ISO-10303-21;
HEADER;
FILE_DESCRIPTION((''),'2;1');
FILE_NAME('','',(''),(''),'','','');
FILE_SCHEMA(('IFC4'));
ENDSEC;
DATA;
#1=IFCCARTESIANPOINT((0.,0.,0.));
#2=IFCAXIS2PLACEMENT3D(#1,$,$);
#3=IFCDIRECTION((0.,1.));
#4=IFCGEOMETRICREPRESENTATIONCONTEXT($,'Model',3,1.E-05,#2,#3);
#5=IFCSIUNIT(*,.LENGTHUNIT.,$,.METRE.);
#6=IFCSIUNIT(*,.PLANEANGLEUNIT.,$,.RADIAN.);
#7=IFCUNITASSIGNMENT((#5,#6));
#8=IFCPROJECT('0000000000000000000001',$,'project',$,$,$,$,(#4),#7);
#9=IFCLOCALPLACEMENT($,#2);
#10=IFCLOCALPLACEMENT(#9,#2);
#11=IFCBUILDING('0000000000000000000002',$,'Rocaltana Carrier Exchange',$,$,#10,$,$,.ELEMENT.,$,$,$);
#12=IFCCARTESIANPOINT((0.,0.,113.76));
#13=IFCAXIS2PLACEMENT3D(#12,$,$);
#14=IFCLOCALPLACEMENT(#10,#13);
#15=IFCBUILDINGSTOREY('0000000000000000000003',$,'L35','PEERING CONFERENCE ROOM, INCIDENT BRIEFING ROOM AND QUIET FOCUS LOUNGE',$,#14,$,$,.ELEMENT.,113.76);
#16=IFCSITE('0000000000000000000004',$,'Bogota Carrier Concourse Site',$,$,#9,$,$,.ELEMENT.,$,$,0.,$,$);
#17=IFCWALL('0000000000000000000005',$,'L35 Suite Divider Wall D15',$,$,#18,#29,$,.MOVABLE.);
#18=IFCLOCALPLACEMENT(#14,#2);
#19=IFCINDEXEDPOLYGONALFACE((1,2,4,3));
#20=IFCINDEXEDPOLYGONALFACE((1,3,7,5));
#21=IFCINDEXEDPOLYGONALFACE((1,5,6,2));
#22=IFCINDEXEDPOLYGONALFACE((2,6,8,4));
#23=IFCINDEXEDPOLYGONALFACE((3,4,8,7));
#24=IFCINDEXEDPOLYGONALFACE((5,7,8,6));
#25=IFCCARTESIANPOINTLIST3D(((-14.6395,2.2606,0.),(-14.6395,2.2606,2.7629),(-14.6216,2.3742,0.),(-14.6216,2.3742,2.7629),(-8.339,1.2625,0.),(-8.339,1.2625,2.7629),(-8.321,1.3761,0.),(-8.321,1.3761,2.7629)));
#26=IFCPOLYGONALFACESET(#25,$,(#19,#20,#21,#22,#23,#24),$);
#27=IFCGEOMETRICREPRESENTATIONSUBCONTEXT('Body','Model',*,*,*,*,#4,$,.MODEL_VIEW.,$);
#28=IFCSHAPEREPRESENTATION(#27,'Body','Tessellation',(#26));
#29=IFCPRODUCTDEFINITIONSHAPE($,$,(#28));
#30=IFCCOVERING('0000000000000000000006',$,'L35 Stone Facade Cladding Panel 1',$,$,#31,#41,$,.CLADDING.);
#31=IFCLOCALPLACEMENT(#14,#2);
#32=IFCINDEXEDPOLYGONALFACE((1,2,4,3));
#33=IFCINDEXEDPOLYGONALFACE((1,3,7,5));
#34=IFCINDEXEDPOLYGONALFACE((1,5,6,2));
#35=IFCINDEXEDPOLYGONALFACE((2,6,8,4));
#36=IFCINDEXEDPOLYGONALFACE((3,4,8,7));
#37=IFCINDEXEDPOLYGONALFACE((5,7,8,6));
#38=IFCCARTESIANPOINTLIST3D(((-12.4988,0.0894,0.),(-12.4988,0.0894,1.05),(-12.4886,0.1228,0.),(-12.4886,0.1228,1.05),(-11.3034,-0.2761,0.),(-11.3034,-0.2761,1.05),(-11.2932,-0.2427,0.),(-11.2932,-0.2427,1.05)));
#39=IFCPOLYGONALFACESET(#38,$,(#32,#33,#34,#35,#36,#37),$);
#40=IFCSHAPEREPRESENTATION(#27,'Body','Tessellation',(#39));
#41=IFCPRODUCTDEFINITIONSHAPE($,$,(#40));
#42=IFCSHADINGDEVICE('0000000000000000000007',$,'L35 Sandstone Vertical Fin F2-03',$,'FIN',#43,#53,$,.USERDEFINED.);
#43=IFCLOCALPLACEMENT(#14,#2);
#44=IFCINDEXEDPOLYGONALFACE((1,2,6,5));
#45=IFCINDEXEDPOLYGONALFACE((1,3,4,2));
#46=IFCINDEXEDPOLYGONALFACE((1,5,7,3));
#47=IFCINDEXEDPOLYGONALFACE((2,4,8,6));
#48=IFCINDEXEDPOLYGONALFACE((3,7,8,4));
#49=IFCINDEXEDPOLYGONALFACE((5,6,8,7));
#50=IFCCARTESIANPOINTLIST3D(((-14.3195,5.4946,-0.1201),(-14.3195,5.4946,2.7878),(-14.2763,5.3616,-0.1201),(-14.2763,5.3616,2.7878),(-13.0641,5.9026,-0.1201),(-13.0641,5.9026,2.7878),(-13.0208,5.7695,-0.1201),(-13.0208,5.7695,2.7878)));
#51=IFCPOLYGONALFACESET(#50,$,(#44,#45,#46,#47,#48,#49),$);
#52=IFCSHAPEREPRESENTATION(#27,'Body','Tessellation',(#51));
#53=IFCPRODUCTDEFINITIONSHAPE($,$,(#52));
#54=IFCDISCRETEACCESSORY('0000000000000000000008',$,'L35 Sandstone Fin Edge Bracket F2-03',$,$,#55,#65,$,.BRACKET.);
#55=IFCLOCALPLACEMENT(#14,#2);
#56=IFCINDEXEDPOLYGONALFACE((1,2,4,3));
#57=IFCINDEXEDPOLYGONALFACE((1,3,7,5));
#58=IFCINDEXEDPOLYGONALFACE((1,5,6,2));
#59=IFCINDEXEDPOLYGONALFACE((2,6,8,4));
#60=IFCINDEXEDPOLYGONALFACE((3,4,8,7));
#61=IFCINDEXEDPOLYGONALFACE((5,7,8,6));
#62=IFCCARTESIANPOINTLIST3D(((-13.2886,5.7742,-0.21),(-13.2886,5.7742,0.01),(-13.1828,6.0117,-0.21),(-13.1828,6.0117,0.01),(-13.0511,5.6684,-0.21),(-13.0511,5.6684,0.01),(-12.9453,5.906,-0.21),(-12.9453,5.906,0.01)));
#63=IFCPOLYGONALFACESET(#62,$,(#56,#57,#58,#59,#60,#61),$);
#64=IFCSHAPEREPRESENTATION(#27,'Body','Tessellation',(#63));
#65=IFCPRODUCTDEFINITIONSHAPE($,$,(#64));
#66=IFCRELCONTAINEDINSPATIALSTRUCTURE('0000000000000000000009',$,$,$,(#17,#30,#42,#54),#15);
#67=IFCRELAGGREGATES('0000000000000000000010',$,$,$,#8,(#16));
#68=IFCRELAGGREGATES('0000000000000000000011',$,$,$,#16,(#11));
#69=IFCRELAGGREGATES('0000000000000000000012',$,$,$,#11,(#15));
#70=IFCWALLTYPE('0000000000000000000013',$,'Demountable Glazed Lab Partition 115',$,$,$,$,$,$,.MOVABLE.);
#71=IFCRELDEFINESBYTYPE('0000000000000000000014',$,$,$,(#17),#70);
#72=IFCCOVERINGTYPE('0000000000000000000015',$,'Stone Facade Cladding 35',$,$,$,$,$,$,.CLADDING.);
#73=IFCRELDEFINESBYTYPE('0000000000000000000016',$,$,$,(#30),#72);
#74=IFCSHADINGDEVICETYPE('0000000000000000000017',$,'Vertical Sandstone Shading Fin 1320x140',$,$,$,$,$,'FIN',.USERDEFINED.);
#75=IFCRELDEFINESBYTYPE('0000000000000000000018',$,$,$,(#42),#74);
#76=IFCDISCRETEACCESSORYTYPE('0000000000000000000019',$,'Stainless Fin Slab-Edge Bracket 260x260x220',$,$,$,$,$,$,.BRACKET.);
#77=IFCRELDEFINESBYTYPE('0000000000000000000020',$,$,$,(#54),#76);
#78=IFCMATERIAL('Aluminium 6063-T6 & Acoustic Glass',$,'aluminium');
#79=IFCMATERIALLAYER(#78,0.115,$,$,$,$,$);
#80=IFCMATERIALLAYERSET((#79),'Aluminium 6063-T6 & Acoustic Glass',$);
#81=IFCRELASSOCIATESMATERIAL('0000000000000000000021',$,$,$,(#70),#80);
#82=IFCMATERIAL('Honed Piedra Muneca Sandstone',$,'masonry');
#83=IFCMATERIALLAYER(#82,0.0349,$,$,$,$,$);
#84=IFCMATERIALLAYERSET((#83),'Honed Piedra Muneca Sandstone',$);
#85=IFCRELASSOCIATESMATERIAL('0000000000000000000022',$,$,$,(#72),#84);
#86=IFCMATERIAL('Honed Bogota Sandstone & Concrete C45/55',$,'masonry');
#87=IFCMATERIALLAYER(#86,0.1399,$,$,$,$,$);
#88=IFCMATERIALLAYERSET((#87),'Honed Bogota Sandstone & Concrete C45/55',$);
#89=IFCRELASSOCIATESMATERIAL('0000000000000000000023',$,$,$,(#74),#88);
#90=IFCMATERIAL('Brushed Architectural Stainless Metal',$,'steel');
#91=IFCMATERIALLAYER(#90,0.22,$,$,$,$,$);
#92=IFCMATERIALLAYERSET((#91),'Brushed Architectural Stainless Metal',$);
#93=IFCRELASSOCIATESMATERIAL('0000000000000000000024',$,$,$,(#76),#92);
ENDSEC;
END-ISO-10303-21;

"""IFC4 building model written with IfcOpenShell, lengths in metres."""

from ifc_helpers import new_model, si_unit, direction, frame, frame_2d, origin, origin_2d, place, context, subcontext, project, spatial, rectangle, extrude, material, layer, layer_set, type_object, element, save


model = new_model("IFC4")

# Units and contexts
model_context = context("Model", 3, precision=1e-05, world=origin(), true_north=direction((0.0, 1.0)))
body_context = subcontext(model_context, "Body", "Model", "MODEL_VIEW")
ifc_project = project(units=[si_unit("LENGTHUNIT", "METRE"), si_unit("PLANEANGLEUNIT", "RADIAN")], contexts=[model_context])

# Site, building, storey
site_placement = place(None, origin())
site = spatial("IfcSite", under=ifc_project, at=site_placement, Name="Bogota Carrier Concourse Site", CompositionType="ELEMENT", RefElevation=0.0)
building_placement = place(site_placement, origin())
building = spatial("IfcBuilding", under=site, at=building_placement, Name="Rocaltana Carrier Exchange", CompositionType="ELEMENT")
storey_placement = place(building_placement, frame((0.0, 0.0, 113.76)))
storey = spatial("IfcBuildingStorey", under=building, at=storey_placement, Name="L35", Description="PEERING CONFERENCE ROOM, INCIDENT BRIEFING ROOM AND QUIET FOCUS LOUNGE", CompositionType="ELEMENT", Elevation=113.76)

# Wall
ifc_material_1 = material(Name="Aluminium 6063-T6 & Acoustic Glass", Category="aluminium")
ifc_layer_1 = layer(ifc_material_1, 0.115)
ifc_layer_set_1 = layer_set([ifc_layer_1], Name="Aluminium 6063-T6 & Acoustic Glass")
wall_type_1 = type_object("IfcWallType", Name="Demountable Glazed Lab Partition 115", PredefinedType="MOVABLE", material=ifc_layer_set_1)
wall_1_placement = place(storey_placement, frame((-8.3301, 1.3193, 0.0), z_axis=(0.0, 0.0, 1.0), x_axis=(-0.987685, 0.156456, 0.0)))
element("IfcWall", 1, at=wall_1_placement, inside=storey, type_object=wall_type_1, Name="L35 Suite Divider Wall D15", PredefinedType="MOVABLE", context=body_context, shape_type="SweptSolid", body=[
    extrude(rectangle(XDim=6.3792, YDim=0.115, at=frame_2d((3.1895, 0.0))), origin(), (0.0, 0.0, 1.0), 2.7629),
])

# Covering
ifc_material_2 = material(Name="Honed Piedra Muneca Sandstone", Category="masonry")
ifc_layer_2 = layer(ifc_material_2, 0.0349)
ifc_layer_set_2 = layer_set([ifc_layer_2], Name="Honed Piedra Muneca Sandstone")
covering_type = type_object("IfcCoveringType", Name="Stone Facade Cladding 35", PredefinedType="CLADDING", material=ifc_layer_set_2)
covering_placement = place(storey_placement, frame((-11.896, -0.0767, 0.0), z_axis=(0.0, 0.0, 1.0), x_axis=(-0.956305, 0.292372, 0.0)))
element("IfcCovering", 2, at=covering_placement, inside=storey, type_object=covering_type, Name="L35 Stone Facade Cladding Panel 1", PredefinedType="CLADDING", context=body_context, shape_type="SweptSolid", body=[
    extrude(rectangle(XDim=1.25, YDim=0.0349, at=origin_2d()), origin(), (0.0, 0.0, 1.0), 1.05),
])

# Shading device
ifc_material_3 = material(Name="Honed Bogota Sandstone & Concrete C45/55", Category="masonry")
ifc_layer_3 = layer(ifc_material_3, 0.1399)
ifc_layer_set_3 = layer_set([ifc_layer_3], Name="Honed Bogota Sandstone & Concrete C45/55")
shading_device_type = type_object("IfcShadingDeviceType", Name="Vertical Sandstone Shading Fin 1320x140", ElementType="FIN", PredefinedType="USERDEFINED", material=ifc_layer_set_3)
shading_device_placement = place(storey_placement, frame((-13.6702, 5.6321, -0.1201), z_axis=(0.0, 0.0, 1.0), x_axis=(-0.951057, -0.309017, 0.0)))
element("IfcShadingDevice", 3, at=shading_device_placement, inside=storey, type_object=shading_device_type, Name="L35 Sandstone Vertical Fin F2-03", ObjectType="FIN", PredefinedType="USERDEFINED", context=body_context, shape_type="SweptSolid", body=[
    extrude(rectangle(XDim=1.3201, YDim=0.1399, at=origin_2d()), origin(), (0.0, 0.0, 1.0), 2.908),
])

# Discrete accessory
ifc_material_4 = material(Name="Brushed Architectural Stainless Metal", Category="steel")
ifc_layer_4 = layer(ifc_material_4, 0.22)
ifc_layer_set_4 = layer_set([ifc_layer_4], Name="Brushed Architectural Stainless Metal")
discrete_accessory_type = type_object("IfcDiscreteAccessoryType", Name="Stainless Fin Slab-Edge Bracket 260x260x220", PredefinedType="BRACKET", material=ifc_layer_set_4)
discrete_accessory_placement = place(storey_placement, frame((-13.1169, 5.8401, -0.21), z_axis=(0.0, 0.0, 1.0), x_axis=(-0.406737, -0.913545, 0.0)))
element("IfcDiscreteAccessory", 4, at=discrete_accessory_placement, inside=storey, type_object=discrete_accessory_type, Name="L35 Sandstone Fin Edge Bracket F2-03", PredefinedType="BRACKET", context=body_context, shape_type="SweptSolid", body=[
    extrude(rectangle(XDim=0.26, YDim=0.26, at=origin_2d()), origin(), (0.0, 0.0, 1.0), 0.22),
])

save(model, "model.ifc")
